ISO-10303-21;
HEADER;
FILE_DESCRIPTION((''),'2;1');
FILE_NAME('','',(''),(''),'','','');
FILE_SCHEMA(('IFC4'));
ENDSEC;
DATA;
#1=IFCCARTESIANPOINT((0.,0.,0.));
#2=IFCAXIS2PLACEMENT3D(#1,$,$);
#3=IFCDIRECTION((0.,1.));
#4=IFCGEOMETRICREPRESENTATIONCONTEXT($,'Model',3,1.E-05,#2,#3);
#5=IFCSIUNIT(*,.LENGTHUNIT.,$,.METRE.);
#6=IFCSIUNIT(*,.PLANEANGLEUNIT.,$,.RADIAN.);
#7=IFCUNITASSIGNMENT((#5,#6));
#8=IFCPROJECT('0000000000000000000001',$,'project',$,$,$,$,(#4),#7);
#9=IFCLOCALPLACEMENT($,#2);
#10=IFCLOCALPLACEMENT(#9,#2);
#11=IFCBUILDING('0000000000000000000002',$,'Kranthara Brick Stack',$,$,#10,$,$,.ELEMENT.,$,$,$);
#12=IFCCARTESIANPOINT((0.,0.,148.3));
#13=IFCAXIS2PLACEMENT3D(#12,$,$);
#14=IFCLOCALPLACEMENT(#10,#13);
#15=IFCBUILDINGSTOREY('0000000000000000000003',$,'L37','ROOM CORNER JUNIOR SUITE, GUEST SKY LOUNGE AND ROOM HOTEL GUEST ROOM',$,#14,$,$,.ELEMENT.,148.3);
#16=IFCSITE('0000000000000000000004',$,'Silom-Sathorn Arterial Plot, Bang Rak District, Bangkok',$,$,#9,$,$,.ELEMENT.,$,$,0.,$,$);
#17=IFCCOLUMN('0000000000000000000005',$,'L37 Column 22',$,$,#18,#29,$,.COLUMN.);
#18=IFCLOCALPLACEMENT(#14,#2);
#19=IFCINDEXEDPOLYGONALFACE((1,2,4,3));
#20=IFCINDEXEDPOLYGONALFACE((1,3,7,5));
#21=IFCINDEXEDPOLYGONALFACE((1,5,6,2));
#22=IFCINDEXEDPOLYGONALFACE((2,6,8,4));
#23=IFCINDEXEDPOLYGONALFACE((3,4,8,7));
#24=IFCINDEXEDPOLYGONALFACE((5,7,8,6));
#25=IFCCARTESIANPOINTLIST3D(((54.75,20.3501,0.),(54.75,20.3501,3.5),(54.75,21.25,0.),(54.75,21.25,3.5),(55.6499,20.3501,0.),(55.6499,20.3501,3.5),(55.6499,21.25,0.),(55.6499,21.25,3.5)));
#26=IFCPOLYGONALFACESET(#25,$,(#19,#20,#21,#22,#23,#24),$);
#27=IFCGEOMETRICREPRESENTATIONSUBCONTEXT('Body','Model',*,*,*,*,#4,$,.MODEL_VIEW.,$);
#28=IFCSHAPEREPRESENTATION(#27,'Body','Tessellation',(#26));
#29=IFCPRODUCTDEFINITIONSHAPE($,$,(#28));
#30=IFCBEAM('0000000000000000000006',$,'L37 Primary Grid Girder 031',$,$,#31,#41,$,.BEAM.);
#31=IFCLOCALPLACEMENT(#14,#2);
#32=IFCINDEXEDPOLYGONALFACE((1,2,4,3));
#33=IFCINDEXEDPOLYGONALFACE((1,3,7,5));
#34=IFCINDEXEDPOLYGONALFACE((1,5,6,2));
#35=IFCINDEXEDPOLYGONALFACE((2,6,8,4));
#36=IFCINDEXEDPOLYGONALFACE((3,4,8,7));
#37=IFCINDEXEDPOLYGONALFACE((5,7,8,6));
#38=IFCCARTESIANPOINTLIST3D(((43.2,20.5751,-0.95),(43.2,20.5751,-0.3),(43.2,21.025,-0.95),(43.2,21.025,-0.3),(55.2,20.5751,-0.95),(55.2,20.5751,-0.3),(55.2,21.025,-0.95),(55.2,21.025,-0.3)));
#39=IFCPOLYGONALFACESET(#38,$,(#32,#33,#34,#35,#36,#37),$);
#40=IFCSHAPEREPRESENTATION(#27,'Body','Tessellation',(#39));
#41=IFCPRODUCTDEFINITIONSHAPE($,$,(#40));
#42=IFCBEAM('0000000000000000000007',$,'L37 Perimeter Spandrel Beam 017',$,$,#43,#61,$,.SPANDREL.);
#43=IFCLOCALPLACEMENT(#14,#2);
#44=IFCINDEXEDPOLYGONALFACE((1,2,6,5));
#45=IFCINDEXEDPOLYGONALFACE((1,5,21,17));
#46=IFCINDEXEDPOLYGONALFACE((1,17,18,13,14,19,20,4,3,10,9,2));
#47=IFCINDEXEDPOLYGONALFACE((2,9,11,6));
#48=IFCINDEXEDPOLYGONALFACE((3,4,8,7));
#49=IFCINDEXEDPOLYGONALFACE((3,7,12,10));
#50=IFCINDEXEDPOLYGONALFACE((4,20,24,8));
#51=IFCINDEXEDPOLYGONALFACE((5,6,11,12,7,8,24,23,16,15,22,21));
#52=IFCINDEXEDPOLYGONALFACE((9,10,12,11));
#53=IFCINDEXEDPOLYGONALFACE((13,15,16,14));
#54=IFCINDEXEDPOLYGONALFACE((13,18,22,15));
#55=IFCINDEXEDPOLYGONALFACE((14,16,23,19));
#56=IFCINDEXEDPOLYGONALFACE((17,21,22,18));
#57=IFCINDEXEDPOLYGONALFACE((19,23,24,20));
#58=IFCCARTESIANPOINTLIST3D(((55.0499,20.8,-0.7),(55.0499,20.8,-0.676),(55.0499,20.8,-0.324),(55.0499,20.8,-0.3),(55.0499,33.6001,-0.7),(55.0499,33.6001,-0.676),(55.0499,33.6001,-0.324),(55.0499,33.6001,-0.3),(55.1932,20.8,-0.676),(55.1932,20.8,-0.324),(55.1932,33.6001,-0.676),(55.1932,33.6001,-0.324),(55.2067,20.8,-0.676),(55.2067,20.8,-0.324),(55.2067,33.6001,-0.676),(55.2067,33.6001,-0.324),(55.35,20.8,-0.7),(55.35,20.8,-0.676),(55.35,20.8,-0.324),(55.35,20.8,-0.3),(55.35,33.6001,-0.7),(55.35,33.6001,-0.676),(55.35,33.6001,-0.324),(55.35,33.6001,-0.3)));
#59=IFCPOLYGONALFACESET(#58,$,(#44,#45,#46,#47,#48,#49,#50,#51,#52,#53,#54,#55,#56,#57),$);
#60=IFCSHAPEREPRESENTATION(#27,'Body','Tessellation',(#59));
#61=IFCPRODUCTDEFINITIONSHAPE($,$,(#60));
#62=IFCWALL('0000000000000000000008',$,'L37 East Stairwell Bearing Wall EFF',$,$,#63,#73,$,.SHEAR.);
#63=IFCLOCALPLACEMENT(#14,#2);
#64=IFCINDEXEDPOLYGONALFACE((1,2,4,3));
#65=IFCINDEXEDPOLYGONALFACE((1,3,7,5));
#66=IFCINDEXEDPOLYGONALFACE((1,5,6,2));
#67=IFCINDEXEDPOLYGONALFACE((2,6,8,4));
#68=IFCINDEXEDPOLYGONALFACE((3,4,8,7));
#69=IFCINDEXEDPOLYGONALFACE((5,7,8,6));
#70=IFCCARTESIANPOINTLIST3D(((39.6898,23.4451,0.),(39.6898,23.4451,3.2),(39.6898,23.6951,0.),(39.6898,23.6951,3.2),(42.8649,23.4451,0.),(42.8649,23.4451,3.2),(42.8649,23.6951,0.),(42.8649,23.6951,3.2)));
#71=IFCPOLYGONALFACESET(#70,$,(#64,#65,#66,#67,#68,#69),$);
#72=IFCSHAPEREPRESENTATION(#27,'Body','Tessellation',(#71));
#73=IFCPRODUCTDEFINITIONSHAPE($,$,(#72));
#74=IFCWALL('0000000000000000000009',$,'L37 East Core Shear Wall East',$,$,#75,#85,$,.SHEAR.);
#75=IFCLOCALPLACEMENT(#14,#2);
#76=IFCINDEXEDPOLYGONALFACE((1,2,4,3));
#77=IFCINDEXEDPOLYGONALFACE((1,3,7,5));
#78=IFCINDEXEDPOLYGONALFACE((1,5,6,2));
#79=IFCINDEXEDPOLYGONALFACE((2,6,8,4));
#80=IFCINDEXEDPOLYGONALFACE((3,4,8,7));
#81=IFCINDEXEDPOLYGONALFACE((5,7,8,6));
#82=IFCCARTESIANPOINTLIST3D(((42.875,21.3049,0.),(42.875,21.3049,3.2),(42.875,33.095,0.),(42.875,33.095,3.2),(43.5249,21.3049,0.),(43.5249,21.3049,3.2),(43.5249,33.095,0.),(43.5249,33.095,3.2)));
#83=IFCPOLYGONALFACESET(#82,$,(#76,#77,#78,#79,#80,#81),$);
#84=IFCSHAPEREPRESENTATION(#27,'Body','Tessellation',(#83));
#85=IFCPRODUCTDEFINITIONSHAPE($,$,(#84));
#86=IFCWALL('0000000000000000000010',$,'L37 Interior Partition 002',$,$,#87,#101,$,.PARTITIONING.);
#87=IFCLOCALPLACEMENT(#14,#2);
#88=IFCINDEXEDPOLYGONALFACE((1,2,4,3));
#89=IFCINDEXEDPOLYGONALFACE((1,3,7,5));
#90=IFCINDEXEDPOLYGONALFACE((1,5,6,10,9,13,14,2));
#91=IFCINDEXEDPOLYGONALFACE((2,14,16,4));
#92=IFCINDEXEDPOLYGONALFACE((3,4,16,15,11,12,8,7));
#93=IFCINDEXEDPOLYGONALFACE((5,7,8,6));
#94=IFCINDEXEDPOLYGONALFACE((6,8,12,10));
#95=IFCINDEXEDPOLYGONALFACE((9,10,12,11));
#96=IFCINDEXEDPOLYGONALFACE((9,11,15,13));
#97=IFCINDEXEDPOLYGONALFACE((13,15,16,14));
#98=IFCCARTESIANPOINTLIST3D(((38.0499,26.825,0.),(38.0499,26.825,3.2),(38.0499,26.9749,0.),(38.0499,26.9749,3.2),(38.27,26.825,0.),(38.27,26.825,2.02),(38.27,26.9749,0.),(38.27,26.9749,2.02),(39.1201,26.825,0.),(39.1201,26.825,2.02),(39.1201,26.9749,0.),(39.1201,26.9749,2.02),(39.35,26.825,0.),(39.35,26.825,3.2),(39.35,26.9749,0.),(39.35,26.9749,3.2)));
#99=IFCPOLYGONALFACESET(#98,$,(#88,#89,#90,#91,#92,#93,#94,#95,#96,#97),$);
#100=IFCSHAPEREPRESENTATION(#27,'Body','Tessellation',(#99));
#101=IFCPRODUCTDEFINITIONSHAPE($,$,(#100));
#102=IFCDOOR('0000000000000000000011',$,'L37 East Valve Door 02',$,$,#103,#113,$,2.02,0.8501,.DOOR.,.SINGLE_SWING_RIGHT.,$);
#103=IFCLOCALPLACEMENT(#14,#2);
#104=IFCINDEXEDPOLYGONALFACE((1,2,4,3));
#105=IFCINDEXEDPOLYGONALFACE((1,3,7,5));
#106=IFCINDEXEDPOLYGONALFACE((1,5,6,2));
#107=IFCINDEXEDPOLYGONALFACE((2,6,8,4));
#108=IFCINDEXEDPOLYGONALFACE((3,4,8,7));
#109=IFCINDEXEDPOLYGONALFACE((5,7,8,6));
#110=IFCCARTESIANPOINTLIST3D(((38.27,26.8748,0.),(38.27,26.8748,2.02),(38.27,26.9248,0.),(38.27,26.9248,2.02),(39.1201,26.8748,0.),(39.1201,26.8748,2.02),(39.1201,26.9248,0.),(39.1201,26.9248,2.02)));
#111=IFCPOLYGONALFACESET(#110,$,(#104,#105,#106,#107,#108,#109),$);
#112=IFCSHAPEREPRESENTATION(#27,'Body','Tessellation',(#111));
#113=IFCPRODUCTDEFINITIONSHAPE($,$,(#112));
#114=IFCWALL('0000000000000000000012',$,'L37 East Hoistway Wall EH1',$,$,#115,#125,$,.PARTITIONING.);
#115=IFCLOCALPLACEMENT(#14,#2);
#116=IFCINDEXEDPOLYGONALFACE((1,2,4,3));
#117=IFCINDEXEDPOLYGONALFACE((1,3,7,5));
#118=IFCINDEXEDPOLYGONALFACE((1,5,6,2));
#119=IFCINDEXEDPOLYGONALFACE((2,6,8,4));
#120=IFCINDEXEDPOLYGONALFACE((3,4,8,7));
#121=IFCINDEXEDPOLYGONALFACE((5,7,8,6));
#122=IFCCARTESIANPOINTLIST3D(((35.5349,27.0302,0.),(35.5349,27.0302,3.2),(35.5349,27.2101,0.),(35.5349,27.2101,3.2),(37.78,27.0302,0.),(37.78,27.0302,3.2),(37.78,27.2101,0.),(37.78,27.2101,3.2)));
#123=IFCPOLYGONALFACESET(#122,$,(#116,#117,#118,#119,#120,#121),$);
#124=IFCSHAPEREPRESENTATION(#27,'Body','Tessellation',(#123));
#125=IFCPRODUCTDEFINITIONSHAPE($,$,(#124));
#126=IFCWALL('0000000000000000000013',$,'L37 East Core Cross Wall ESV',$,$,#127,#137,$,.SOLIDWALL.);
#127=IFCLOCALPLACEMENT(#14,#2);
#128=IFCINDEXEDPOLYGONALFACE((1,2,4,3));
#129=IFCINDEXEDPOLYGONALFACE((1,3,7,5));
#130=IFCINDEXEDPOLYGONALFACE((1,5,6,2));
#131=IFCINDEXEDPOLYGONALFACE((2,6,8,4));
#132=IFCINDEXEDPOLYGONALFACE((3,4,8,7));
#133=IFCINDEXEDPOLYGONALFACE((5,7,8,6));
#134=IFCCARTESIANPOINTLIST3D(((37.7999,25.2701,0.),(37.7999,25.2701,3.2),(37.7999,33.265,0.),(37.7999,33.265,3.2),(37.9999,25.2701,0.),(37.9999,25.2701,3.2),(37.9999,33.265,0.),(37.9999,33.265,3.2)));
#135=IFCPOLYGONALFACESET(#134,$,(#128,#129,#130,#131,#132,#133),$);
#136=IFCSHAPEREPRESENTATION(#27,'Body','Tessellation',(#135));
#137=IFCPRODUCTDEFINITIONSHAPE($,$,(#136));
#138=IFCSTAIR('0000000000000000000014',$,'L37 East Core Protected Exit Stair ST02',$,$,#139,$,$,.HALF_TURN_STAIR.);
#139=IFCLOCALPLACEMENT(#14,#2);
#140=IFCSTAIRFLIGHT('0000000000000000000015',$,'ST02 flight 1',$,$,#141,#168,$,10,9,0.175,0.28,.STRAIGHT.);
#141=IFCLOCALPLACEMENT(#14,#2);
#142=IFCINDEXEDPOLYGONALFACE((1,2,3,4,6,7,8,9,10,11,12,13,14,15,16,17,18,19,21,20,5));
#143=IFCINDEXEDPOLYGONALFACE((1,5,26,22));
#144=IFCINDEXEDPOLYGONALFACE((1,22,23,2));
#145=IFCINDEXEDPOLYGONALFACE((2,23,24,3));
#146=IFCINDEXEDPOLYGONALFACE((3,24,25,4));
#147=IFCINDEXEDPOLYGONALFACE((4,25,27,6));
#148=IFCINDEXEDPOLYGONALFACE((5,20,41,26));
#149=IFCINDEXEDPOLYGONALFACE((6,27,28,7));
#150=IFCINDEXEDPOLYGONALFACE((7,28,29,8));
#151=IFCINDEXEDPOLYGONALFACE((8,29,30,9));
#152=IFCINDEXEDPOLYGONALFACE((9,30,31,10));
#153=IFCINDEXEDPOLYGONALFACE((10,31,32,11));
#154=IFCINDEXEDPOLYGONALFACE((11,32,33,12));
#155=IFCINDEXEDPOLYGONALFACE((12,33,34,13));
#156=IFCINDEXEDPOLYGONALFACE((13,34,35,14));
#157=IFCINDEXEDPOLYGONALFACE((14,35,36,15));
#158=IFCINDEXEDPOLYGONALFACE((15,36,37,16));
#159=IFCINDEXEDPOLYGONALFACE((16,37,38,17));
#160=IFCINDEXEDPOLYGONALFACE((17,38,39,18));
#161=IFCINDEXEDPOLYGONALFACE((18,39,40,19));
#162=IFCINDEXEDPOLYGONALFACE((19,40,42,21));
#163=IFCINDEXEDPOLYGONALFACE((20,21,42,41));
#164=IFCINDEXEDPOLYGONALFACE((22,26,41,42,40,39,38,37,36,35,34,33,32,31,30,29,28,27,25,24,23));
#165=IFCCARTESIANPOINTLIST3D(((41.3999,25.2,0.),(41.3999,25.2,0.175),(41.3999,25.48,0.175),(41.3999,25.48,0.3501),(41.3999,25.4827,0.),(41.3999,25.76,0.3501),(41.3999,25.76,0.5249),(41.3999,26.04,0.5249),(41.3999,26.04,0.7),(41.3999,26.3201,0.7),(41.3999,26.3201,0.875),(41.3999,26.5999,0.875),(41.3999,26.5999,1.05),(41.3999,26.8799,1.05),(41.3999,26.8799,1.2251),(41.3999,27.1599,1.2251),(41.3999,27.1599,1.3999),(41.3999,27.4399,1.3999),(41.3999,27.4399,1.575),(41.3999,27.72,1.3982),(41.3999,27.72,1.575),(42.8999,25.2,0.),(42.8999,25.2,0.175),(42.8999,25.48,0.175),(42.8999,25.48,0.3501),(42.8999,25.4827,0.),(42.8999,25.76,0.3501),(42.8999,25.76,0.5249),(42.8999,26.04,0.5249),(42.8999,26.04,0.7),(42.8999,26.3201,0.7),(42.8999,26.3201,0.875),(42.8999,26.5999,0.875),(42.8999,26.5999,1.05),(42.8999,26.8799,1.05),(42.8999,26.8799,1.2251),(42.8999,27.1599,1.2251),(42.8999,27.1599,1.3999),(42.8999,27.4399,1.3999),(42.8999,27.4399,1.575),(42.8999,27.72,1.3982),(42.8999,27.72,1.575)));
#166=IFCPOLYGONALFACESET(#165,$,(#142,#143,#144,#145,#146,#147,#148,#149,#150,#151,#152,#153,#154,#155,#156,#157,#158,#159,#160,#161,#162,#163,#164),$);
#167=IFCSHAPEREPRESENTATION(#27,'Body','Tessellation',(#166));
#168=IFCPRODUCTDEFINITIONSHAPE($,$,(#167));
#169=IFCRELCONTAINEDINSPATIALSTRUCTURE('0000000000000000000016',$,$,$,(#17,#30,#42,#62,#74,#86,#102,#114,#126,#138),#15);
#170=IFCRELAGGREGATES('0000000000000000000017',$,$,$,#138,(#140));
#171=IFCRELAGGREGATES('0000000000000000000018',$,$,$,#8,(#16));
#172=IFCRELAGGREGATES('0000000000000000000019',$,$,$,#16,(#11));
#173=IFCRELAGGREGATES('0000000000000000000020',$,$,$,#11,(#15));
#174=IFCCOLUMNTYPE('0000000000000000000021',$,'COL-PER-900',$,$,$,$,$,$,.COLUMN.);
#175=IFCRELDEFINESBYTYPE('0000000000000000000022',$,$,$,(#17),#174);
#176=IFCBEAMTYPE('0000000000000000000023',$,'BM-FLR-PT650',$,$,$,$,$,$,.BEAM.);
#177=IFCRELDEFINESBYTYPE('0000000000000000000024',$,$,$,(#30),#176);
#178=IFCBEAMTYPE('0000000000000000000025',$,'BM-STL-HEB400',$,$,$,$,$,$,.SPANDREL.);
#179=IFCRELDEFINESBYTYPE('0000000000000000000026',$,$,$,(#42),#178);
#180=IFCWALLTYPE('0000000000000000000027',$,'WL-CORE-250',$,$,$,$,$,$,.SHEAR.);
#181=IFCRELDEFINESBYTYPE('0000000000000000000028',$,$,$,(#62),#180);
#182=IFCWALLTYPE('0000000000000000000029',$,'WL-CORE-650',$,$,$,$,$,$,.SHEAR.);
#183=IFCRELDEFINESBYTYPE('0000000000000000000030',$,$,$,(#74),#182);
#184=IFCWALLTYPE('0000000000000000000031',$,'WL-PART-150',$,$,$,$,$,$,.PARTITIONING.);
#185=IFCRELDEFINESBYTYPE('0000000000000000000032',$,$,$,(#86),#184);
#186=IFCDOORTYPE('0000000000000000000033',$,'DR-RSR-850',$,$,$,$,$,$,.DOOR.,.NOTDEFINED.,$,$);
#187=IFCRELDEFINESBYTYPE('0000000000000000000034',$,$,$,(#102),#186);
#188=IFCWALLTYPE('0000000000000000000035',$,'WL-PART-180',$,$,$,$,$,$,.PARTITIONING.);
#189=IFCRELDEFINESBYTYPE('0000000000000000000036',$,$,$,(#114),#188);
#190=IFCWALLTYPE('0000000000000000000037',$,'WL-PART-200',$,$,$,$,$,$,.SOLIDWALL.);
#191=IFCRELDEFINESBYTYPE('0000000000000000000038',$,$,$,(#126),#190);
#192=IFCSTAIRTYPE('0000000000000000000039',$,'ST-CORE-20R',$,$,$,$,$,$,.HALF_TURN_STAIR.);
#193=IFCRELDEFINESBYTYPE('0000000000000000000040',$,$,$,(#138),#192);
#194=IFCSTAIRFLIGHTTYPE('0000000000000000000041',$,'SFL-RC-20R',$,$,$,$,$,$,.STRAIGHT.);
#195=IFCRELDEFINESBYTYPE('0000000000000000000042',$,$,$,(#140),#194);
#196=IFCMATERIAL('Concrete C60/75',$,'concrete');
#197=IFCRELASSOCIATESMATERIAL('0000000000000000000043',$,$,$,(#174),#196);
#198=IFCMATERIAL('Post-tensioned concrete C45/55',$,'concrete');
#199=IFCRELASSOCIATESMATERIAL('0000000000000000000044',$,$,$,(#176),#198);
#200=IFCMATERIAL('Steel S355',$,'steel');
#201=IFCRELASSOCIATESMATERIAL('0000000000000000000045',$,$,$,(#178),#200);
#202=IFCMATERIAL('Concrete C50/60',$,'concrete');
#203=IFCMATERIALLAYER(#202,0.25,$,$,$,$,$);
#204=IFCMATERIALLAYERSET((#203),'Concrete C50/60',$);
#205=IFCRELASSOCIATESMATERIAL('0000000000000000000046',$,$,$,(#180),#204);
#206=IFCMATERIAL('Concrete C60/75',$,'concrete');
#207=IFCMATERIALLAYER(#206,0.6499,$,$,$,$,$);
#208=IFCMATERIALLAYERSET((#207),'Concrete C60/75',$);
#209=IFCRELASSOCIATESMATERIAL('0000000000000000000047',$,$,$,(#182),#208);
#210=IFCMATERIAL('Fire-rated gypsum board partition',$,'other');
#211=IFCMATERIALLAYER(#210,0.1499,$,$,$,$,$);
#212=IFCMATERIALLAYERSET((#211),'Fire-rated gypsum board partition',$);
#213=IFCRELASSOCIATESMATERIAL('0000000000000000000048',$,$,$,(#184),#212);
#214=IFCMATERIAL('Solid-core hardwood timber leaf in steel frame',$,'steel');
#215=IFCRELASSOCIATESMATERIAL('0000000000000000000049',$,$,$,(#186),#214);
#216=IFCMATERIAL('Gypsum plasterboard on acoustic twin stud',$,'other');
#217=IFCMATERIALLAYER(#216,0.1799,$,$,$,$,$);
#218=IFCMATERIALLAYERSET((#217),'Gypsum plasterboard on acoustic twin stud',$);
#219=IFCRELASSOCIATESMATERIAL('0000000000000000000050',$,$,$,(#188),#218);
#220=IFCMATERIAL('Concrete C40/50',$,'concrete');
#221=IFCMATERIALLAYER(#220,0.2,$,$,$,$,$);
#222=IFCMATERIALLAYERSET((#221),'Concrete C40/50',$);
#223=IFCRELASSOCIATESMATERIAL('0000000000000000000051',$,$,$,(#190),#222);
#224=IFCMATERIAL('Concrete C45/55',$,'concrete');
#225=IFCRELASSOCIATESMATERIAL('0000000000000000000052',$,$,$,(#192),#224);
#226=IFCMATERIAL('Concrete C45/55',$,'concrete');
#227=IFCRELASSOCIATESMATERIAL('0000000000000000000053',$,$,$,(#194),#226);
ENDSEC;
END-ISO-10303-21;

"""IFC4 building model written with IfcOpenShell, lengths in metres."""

from ifc_helpers import new_model, si_unit, direction, frame, frame_2d, origin, origin_2d, place, context, subcontext, project, spatial, polyline, rectangle, i_section, outline, extrude, material, layer, layer_set, material_profile, profile_set, type_object, element, fill, aggregate, save


model = new_model("IFC4")

# Units and contexts
model_context = context("Model", 3, precision=1e-05, world=origin(), true_north=direction((0.0, 1.0)))
body_context = subcontext(model_context, "Body", "Model", "MODEL_VIEW")
ifc_project = project(units=[si_unit("LENGTHUNIT", "METRE"), si_unit("PLANEANGLEUNIT", "RADIAN")], contexts=[model_context])

# Site, building, storey
site_placement = place(None, origin())
site = spatial("IfcSite", under=ifc_project, at=site_placement, Name="Silom-Sathorn Arterial Plot, Bang Rak District, Bangkok", CompositionType="ELEMENT", RefElevation=0.0)
building_placement = place(site_placement, origin())
building = spatial("IfcBuilding", under=site, at=building_placement, Name="Kranthara Brick Stack", CompositionType="ELEMENT")
storey_placement = place(building_placement, frame((0.0, 0.0, 148.3)))
storey = spatial("IfcBuildingStorey", under=building, at=storey_placement, Name="L37", Description="ROOM CORNER JUNIOR SUITE, GUEST SKY LOUNGE AND ROOM HOTEL GUEST ROOM", CompositionType="ELEMENT", Elevation=148.3)

# Column
ifc_material_1 = material(Name="Concrete C60/75", Category="concrete")
ifc_material_profile_1 = material_profile(ifc_material_1, rectangle(XDim=0.8999, YDim=0.8999, at=origin_2d()), Name="RC 900x900")
ifc_profile_set_1 = profile_set([ifc_material_profile_1], Name="Concrete C60/75")
column_type = type_object("IfcColumnType", Name="COL-PER-900", PredefinedType="COLUMN", material=ifc_profile_set_1)
column_placement = place(storey_placement, frame((55.2, 20.8, 0.0), z_axis=(0.0, 0.0, 1.0), x_axis=(1.0, 0.0, 0.0)))
element("IfcColumn", 1, at=column_placement, inside=storey, type_object=column_type, Name="L37 Column 22", PredefinedType="COLUMN", context=body_context, shape_type="SweptSolid", body=[
    extrude(rectangle(XDim=0.8999, YDim=0.8999, at=origin_2d()), origin(), (0.0, 0.0, 1.0), 3.5),
])

# Beams
ifc_material_2 = material(Name="Post-tensioned concrete C45/55", Category="concrete")
ifc_material_profile_2 = material_profile(ifc_material_2, rectangle(XDim=0.45, YDim=0.6499, at=origin_2d()), Name="PT 450x650")
ifc_profile_set_2 = profile_set([ifc_material_profile_2], Name="Post-tensioned concrete C45/55")
beam_type_1 = type_object("IfcBeamType", Name="BM-FLR-PT650", PredefinedType="BEAM", material=ifc_profile_set_2)
beam_1_placement = place(storey_placement, frame((43.2, 20.8, -0.625), z_axis=(1.0, 0.0, 0.0), x_axis=(0.0, 1.0, 0.0)))
element("IfcBeam", 2, at=beam_1_placement, inside=storey, type_object=beam_type_1, Name="L37 Primary Grid Girder 031", PredefinedType="BEAM", context=body_context, shape_type="SweptSolid", body=[
    extrude(rectangle(XDim=0.45, YDim=0.6499, at=origin_2d()), origin(), (0.0, 0.0, 1.0), 12.0),
])
ifc_material_3 = material(Name="Steel S355", Category="steel")
ifc_material_profile_3 = material_profile(ifc_material_3, i_section(OverallWidth=0.3, OverallDepth=0.3999, WebThickness=0.0134, FlangeThickness=0.0239, at=origin_2d()), Name="HEB 400")
ifc_profile_set_3 = profile_set([ifc_material_profile_3], Name="Steel S355")
beam_type_2 = type_object("IfcBeamType", Name="BM-STL-HEB400", PredefinedType="SPANDREL", material=ifc_profile_set_3)
beam_2_placement = place(storey_placement, frame((55.2, 20.8, -0.5), z_axis=(0.0, 1.0, 0.0), x_axis=(-1.0, 0.0, 0.0)))
element("IfcBeam", 3, at=beam_2_placement, inside=storey, type_object=beam_type_2, Name="L37 Perimeter Spandrel Beam 017", PredefinedType="SPANDREL", context=body_context, shape_type="SweptSolid", body=[
    extrude(i_section(OverallWidth=0.3, OverallDepth=0.3999, WebThickness=0.0134, FlangeThickness=0.0239, at=origin_2d()), origin(), (0.0, 0.0, 1.0), 12.8),
])

# Shared definitions
ifc_material_4 = material(Name="Concrete C50/60", Category="concrete")
ifc_layer_1 = layer(ifc_material_4, 0.25)
ifc_layer_set_1 = layer_set([ifc_layer_1], Name="Concrete C50/60")
wall_type_1 = type_object("IfcWallType", Name="WL-CORE-250", PredefinedType="SHEAR", material=ifc_layer_set_1)

# Walls
wall_1_placement = place(storey_placement, frame((39.6899, 23.5701, 0.0), z_axis=(0.0, 0.0, 1.0), x_axis=(1.0, 0.0, 0.0)))
element("IfcWall", 4, at=wall_1_placement, inside=storey, type_object=wall_type_1, Name="L37 East Stairwell Bearing Wall EFF", PredefinedType="SHEAR", context=body_context, shape_type="SweptSolid", body=[
    extrude(rectangle(XDim=3.175, YDim=0.25, at=frame_2d((1.5874, 0.0))), origin(), (0.0, 0.0, 1.0), 3.2),
])
ifc_material_5 = material(Name="Concrete C60/75", Category="concrete")
ifc_layer_2 = layer(ifc_material_5, 0.6499)
ifc_layer_set_2 = layer_set([ifc_layer_2], Name="Concrete C60/75")
wall_type_2 = type_object("IfcWallType", Name="WL-CORE-650", PredefinedType="SHEAR", material=ifc_layer_set_2)
wall_2_placement = place(storey_placement, frame((43.2, 21.3049, 0.0), z_axis=(0.0, 0.0, 1.0), x_axis=(0.0, 1.0, 0.0)))
element("IfcWall", 5, at=wall_2_placement, inside=storey, type_object=wall_type_2, Name="L37 East Core Shear Wall East", PredefinedType="SHEAR", context=body_context, shape_type="SweptSolid", body=[
    extrude(rectangle(XDim=11.79, YDim=0.6499, at=frame_2d((5.895, 0.0))), origin(), (0.0, 0.0, 1.0), 3.2),
])

# Wall, opening, door
ifc_material_6 = material(Name="Fire-rated gypsum board partition", Category="other")
ifc_layer_3 = layer(ifc_material_6, 0.1499)
ifc_layer_set_3 = layer_set([ifc_layer_3], Name="Fire-rated gypsum board partition")
wall_type_3 = type_object("IfcWallType", Name="WL-PART-150", PredefinedType="PARTITIONING", material=ifc_layer_set_3)
wall_3_placement = place(storey_placement, frame((38.05, 26.8999, 0.0), z_axis=(0.0, 0.0, 1.0), x_axis=(1.0, 0.0, 0.0)))
wall_3 = element("IfcWall", 6, at=wall_3_placement, inside=storey, type_object=wall_type_3, Name="L37 Interior Partition 002", PredefinedType="PARTITIONING", context=body_context, shape_type="SweptSolid", body=[
    extrude(rectangle(XDim=1.3, YDim=0.1499, at=frame_2d((0.6499, 0.0))), origin(), (0.0, 0.0, 1.0), 3.2),
])
opening_1_placement = place(wall_3_placement, frame((0.22, 0.0, 0.0)))
opening_1 = element("IfcOpeningElement", 7, at=opening_1_placement, cuts=wall_3, PredefinedType="OPENING", context=body_context, shape_type="SweptSolid", body=[
    extrude(rectangle(XDim=0.8501, YDim=2.02, at=frame_2d((0.425, 1.01))), frame((0.0, 0.085, 0.0), z_axis=(0.0, -1.0, 0.0), x_axis=(1.0, 0.0, 0.0)), (0.0, 0.0, 1.0), 0.1699),
])
ifc_material_7 = material(Name="Solid-core hardwood timber leaf in steel frame", Category="steel")
door_type_1 = type_object("IfcDoorType", Name="DR-RSR-850", OperationType="NOTDEFINED", PredefinedType="DOOR", material=ifc_material_7)
door_1_placement = place(opening_1_placement, origin())
door_1 = element("IfcDoor", 8, at=door_1_placement, inside=storey, type_object=door_type_1, Name="L37 East Valve Door 02", OperationType="SINGLE_SWING_RIGHT", OverallHeight=2.02, OverallWidth=0.8501, PredefinedType="DOOR", context=body_context, shape_type="SweptSolid", body=[
    extrude(rectangle(XDim=0.8501, YDim=2.02, at=frame_2d((0.425, 1.01))), frame((0.0, 0.0249, 0.0), z_axis=(0.0, -1.0, 0.0), x_axis=(1.0, 0.0, 0.0)), (0.0, 0.0, 1.0), 0.05),
])
fill(opening_1, door_1)

# Walls
ifc_material_8 = material(Name="Gypsum plasterboard on acoustic twin stud", Category="other")
ifc_layer_4 = layer(ifc_material_8, 0.1799)
ifc_layer_set_4 = layer_set([ifc_layer_4], Name="Gypsum plasterboard on acoustic twin stud")
wall_type_4 = type_object("IfcWallType", Name="WL-PART-180", PredefinedType="PARTITIONING", material=ifc_layer_set_4)
wall_4_placement = place(storey_placement, frame((35.5349, 27.1201, 0.0), z_axis=(0.0, 0.0, 1.0), x_axis=(1.0, 0.0, 0.0)))
element("IfcWall", 9, at=wall_4_placement, inside=storey, type_object=wall_type_4, Name="L37 East Hoistway Wall EH1", PredefinedType="PARTITIONING", context=body_context, shape_type="SweptSolid", body=[
    extrude(rectangle(XDim=2.2451, YDim=0.1799, at=frame_2d((1.1226, 0.0))), origin(), (0.0, 0.0, 1.0), 3.2),
])
ifc_material_9 = material(Name="Concrete C40/50", Category="concrete")
ifc_layer_5 = layer(ifc_material_9, 0.2)
ifc_layer_set_5 = layer_set([ifc_layer_5], Name="Concrete C40/50")
wall_type_5 = type_object("IfcWallType", Name="WL-PART-200", PredefinedType="SOLIDWALL", material=ifc_layer_set_5)
wall_5_placement = place(storey_placement, frame((37.8999, 25.27, 0.0), z_axis=(0.0, 0.0, 1.0), x_axis=(0.0, 1.0, 0.0)))
element("IfcWall", 10, at=wall_5_placement, inside=storey, type_object=wall_type_5, Name="L37 East Core Cross Wall ESV", PredefinedType="SOLIDWALL", context=body_context, shape_type="SweptSolid", body=[
    extrude(rectangle(XDim=7.9949, YDim=0.2, at=frame_2d((3.9976, 0.0))), origin(), (0.0, 0.0, 1.0), 3.2),
])

# Stair, stair flight
ifc_material_10 = material(Name="Concrete C45/55", Category="concrete")
stair_type = type_object("IfcStairType", Name="ST-CORE-20R", PredefinedType="HALF_TURN_STAIR", material=ifc_material_10)
stair_placement = place(storey_placement, origin())
stair = element("IfcStair", 11, at=stair_placement, inside=storey, type_object=stair_type, Name="L37 East Core Protected Exit Stair ST02", PredefinedType="HALF_TURN_STAIR")
ifc_material_11 = material(Name="Concrete C45/55", Category="concrete")
stair_flight_type = type_object("IfcStairFlightType", Name="SFL-RC-20R", PredefinedType="STRAIGHT", material=ifc_material_11)
stair_flight_1_placement = place(storey_placement, frame((42.1499, 25.2, 0.0), z_axis=(0.0, 0.0, 1.0), x_axis=(0.0, 1.0, 0.0)))
stair_flight_1 = element("IfcStairFlight", 12, at=stair_flight_1_placement, type_object=stair_flight_type, Name="ST02 flight 1", NumberOfRisers=10, NumberOfTreads=9, PredefinedType="STRAIGHT", RiserHeight=0.175, TreadLength=0.28, context=body_context, shape_type="SweptSolid", body=[
    extrude(outline(polyline([(0.0, 0.0), (0.0, 0.175), (0.28, 0.175), (0.28, 0.3501), (0.5601, 0.3501), (0.5601, 0.5249), (0.8401, 0.5249), (0.8401, 0.7), (1.1201, 0.7), (1.1201, 0.875), (1.3999, 0.875), (1.3999, 1.05), (1.6799, 1.05), (1.6799, 1.2251), (1.96, 1.2251), (1.96, 1.3999), (2.24, 1.3999), (2.24, 1.575), (2.52, 1.575), (2.52, 1.75), (2.52, 1.3982), (0.2827, 0.0), (0.0, 0.0)])), frame((0.0, 0.75, 0.0), z_axis=(0.0, -1.0, 0.0), x_axis=(1.0, 0.0, 0.0)), (0.0, 0.0, 1.0), 1.5),
])
aggregate(stair, [stair_flight_1])

save(model, "model.ifc")
